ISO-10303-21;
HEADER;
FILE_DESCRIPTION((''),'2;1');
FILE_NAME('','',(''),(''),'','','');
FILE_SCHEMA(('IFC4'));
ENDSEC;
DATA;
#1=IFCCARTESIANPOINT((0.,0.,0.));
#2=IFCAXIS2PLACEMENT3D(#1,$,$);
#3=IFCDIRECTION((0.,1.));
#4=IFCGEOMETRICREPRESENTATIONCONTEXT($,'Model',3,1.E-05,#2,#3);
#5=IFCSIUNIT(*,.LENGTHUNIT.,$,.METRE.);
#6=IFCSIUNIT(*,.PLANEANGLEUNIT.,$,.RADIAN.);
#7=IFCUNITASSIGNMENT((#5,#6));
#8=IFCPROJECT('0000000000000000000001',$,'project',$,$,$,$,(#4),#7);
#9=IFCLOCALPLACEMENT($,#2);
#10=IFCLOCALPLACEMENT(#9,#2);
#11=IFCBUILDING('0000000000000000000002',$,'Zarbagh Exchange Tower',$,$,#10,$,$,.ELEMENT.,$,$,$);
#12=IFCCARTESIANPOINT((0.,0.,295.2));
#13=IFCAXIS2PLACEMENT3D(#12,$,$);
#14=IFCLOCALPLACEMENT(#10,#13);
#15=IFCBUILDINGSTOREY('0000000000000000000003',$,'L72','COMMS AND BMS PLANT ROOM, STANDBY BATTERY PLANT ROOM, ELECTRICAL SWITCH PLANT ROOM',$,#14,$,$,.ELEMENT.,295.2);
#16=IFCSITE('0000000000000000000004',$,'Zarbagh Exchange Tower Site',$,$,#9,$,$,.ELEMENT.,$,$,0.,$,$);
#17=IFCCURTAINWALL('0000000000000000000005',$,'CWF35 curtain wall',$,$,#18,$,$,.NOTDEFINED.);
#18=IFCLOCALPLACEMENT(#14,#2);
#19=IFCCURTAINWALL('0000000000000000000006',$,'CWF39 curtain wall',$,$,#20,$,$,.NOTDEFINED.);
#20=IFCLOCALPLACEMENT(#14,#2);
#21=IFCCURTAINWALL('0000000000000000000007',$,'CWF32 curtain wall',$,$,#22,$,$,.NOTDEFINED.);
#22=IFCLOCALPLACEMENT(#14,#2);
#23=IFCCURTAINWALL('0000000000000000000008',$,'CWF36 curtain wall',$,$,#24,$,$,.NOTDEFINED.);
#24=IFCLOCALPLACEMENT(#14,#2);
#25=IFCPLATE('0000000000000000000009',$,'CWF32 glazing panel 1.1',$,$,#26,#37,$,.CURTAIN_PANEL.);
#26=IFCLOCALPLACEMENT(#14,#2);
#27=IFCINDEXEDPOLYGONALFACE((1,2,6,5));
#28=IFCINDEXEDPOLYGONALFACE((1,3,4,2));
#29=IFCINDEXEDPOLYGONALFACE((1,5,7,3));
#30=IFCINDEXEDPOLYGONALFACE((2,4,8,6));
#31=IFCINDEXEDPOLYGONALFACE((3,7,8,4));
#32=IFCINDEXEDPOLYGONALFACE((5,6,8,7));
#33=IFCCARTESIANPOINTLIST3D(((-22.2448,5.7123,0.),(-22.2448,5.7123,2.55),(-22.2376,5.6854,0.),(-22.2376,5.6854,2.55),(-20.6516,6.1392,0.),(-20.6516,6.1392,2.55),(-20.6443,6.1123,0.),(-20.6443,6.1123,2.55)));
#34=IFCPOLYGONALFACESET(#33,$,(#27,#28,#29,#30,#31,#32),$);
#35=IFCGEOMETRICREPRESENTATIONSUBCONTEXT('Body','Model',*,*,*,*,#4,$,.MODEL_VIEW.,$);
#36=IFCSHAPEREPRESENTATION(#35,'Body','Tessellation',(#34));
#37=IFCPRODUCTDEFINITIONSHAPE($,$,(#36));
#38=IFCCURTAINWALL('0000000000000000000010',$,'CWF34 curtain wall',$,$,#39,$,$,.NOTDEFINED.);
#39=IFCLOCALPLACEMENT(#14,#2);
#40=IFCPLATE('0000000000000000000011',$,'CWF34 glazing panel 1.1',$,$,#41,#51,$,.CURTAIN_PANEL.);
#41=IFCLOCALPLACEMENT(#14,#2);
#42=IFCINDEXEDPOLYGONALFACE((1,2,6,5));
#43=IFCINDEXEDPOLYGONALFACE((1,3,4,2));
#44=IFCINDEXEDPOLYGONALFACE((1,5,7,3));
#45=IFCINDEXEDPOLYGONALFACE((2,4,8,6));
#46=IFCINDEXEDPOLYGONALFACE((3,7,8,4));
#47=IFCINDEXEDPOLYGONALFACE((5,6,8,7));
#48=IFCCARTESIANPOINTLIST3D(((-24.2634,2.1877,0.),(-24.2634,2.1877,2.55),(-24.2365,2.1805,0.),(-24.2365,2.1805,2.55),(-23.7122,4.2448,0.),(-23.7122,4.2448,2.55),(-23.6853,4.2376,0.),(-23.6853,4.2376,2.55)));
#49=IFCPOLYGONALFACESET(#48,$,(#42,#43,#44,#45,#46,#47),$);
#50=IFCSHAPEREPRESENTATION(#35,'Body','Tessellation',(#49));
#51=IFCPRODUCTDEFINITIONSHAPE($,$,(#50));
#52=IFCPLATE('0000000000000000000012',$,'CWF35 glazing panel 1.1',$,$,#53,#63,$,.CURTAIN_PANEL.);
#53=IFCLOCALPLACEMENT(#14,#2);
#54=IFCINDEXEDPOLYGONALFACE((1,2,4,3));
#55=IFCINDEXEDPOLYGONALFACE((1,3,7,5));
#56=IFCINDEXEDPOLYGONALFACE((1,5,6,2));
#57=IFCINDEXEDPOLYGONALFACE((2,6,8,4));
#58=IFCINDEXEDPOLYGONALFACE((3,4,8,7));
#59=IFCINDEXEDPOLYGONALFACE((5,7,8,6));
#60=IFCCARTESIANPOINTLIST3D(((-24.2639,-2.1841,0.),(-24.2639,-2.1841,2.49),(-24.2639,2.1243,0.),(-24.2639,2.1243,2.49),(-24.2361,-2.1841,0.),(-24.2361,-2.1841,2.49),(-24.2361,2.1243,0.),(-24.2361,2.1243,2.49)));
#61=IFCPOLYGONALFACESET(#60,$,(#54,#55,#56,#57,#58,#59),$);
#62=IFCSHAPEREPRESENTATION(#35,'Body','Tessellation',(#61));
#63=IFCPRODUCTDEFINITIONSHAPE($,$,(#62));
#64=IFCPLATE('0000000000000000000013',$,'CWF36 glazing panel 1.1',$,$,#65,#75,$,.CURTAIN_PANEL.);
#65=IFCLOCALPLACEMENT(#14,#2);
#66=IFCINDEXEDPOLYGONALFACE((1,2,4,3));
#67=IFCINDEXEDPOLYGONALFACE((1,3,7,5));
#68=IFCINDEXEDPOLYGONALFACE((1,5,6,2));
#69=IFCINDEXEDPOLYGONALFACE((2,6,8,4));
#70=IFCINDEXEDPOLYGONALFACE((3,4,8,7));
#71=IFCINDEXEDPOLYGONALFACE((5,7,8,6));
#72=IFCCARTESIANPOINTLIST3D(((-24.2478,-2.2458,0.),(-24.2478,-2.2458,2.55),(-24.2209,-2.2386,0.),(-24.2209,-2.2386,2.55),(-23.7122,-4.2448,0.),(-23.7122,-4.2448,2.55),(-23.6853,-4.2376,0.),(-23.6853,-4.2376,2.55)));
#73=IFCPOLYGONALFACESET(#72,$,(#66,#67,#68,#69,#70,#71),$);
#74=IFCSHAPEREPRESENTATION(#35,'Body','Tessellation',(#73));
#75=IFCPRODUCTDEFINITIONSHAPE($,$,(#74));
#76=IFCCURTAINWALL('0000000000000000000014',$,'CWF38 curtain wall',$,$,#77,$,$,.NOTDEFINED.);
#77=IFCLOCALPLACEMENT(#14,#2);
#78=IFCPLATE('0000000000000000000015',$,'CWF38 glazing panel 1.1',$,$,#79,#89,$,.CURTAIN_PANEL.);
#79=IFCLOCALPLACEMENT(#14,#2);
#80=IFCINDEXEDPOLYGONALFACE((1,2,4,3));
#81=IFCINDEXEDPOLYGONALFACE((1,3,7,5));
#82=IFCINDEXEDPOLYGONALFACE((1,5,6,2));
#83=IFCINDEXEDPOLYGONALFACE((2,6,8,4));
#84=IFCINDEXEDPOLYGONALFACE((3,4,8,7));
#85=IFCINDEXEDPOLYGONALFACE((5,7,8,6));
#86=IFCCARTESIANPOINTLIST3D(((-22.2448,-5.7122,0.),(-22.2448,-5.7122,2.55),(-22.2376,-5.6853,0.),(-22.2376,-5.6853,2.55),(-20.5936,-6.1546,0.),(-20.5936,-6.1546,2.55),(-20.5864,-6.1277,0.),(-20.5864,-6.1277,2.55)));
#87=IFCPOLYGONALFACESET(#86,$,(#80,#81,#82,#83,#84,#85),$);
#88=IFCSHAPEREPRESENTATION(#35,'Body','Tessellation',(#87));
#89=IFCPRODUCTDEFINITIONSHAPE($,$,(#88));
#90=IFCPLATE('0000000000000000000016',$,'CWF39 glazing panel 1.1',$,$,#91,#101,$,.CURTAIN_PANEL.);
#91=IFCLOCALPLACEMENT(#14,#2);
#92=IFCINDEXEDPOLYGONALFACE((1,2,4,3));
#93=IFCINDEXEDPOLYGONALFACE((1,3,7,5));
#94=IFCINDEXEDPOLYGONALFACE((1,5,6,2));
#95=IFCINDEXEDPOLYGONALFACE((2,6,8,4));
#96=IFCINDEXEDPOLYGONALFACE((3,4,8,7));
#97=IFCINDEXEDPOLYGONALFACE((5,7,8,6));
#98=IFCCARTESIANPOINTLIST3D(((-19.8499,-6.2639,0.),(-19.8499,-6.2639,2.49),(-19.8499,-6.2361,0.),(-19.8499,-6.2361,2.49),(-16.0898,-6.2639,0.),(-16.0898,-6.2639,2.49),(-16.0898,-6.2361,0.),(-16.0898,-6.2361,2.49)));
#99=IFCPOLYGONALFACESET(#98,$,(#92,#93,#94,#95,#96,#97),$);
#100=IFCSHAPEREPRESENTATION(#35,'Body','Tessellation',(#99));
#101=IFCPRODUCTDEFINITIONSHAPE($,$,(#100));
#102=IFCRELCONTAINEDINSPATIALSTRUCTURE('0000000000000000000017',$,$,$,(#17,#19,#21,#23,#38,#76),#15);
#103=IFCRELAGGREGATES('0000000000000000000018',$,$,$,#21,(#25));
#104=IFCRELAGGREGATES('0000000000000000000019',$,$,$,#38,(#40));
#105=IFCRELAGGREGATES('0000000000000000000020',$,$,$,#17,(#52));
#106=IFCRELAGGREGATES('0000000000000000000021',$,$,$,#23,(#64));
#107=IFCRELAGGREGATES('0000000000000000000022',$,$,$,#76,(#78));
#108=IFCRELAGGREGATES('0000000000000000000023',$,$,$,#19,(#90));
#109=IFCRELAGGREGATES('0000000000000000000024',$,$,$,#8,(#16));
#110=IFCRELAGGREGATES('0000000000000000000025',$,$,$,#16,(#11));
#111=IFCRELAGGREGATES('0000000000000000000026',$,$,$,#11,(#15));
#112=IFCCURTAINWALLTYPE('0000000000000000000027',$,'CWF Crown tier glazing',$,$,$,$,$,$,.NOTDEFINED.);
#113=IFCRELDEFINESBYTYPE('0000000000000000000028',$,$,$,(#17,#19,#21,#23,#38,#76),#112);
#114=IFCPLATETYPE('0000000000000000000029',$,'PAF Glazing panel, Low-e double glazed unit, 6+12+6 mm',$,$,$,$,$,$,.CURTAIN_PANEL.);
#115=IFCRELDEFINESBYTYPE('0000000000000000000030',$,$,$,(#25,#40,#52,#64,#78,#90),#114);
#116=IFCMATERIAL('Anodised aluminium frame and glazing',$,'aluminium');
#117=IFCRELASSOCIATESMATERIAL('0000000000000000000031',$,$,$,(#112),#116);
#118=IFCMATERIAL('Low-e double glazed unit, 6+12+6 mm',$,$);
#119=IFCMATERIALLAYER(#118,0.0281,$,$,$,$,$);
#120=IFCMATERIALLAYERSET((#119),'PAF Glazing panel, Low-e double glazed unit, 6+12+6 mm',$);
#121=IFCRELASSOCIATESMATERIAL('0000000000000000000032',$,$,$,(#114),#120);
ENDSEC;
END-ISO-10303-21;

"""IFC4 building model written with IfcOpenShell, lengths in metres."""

from ifc_helpers import new_model, si_unit, direction, frame, origin, place, context, subcontext, project, spatial, polyline, outline, extrude, source, transform, mapped, material, layer, layer_set, type_object, element, aggregate, save


model = new_model("IFC4")

# Units and contexts
model_context = context("Model", 3, precision=1e-05, world=origin(), true_north=direction((0.0, 1.0)))
body_context = subcontext(model_context, "Body", "Model", "MODEL_VIEW")
ifc_project = project(units=[si_unit("LENGTHUNIT", "METRE"), si_unit("PLANEANGLEUNIT", "RADIAN")], contexts=[model_context])

# Site, building, storey
site_placement = place(None, origin())
site = spatial("IfcSite", under=ifc_project, at=site_placement, Name="Zarbagh Exchange Tower Site", CompositionType="ELEMENT", RefElevation=0.0)
building_placement = place(site_placement, origin())
building = spatial("IfcBuilding", under=site, at=building_placement, Name="Zarbagh Exchange Tower", CompositionType="ELEMENT")
storey_placement = place(building_placement, frame((0.0, 0.0, 295.2)))
storey = spatial("IfcBuildingStorey", under=building, at=storey_placement, Name="L72", Description="COMMS AND BMS PLANT ROOM, STANDBY BATTERY PLANT ROOM, ELECTRICAL SWITCH PLANT ROOM", CompositionType="ELEMENT", Elevation=295.2)

# Curtain walls
ifc_material_1 = material(Name="Anodised aluminium frame and glazing", Category="aluminium")
curtain_wall_type = type_object("IfcCurtainWallType", Name="CWF Crown tier glazing", PredefinedType="NOTDEFINED", material=ifc_material_1)
curtain_wall_1_placement = place(storey_placement, origin())
curtain_wall_1 = element("IfcCurtainWall", 1, at=curtain_wall_1_placement, inside=storey, type_object=curtain_wall_type, Name="CWF35 curtain wall", PredefinedType="NOTDEFINED")
placement = place(storey_placement, origin())
curtain_wall_2_placement = place(storey_placement, origin())
curtain_wall_2 = element("IfcCurtainWall", 2, at=curtain_wall_2_placement, inside=storey, type_object=curtain_wall_type, Name="CWF39 curtain wall", PredefinedType="NOTDEFINED")

# Curtain wall
curtain_wall_3_placement = place(storey_placement, origin())
curtain_wall_3 = element("IfcCurtainWall", 3, at=curtain_wall_3_placement, inside=storey, type_object=curtain_wall_type, Name="CWF32 curtain wall", PredefinedType="NOTDEFINED")

# Curtain wall
curtain_wall_4_placement = place(storey_placement, origin())
curtain_wall_4 = element("IfcCurtainWall", 4, at=curtain_wall_4_placement, inside=storey, type_object=curtain_wall_type, Name="CWF36 curtain wall", PredefinedType="NOTDEFINED")

# Shared definitions
ifc_material_2 = material(Name="Low-e double glazed unit, 6+12+6 mm")
ifc_layer = layer(ifc_material_2, 0.0281)
ifc_layer_set = layer_set([ifc_layer], Name="PAF Glazing panel, Low-e double glazed unit, 6+12+6 mm")
plate_type = type_object("IfcPlateType", Name="PAF Glazing panel, Low-e double glazed unit, 6+12+6 mm", PredefinedType="CURTAIN_PANEL", material=ifc_layer_set)

# Plate
shared_shape_1 = source(origin(), body_context, "Body", "SweptSolid", [
    extrude(outline(polyline([(0.0, -0.0139), (1.6494, -0.0139), (1.6494, 0.0139), (0.0, 0.0139), (0.0, -0.0139)])), origin(), (0.0, 0.0, 1.0), 2.55),
])
plate_1 = element("IfcPlate", 5, at=placement, type_object=plate_type, Name="CWF32 glazing panel 1.1", PredefinedType="CURTAIN_PANEL", context=body_context, shape_type="MappedRepresentation", body=[
    mapped(shared_shape_1, transform((-20.6479, 6.1257, 0.0), x_axis=(-0.965924, -0.258825, 0.0), y_axis=(0.258825, -0.965924, 0.0), z_axis=(0.0, 0.0, 1.0))),
])
aggregate(curtain_wall_3, [plate_1])

# Curtain wall, plate
curtain_wall_5_placement = place(storey_placement, origin())
curtain_wall_5 = element("IfcCurtainWall", 6, at=curtain_wall_5_placement, inside=storey, type_object=curtain_wall_type, Name="CWF34 curtain wall", PredefinedType="NOTDEFINED")
shared_shape_2 = source(origin(), body_context, "Body", "SweptSolid", [
    extrude(outline(polyline([(0.0, -0.0139), (2.1296, -0.0139), (2.1296, 0.0139), (0.0, 0.0139), (0.0, -0.0139)])), origin(), (0.0, 0.0, 1.0), 2.55),
])
plate_2 = element("IfcPlate", 7, at=placement, type_object=plate_type, Name="CWF34 glazing panel 1.1", PredefinedType="CURTAIN_PANEL", context=body_context, shape_type="MappedRepresentation", body=[
    mapped(shared_shape_2, transform((-23.6987, 4.2412, 0.0), x_axis=(-0.258825, -0.965924, 0.0), y_axis=(0.965924, -0.258825, 0.0), z_axis=(0.0, 0.0, 1.0))),
])
aggregate(curtain_wall_5, [plate_2])

# Plates
shared_shape_3 = source(origin(), body_context, "Body", "SweptSolid", [
    extrude(outline(polyline([(0.0, -0.0139), (4.3083, -0.0139), (4.3083, 0.0139), (0.0, 0.0139), (0.0, -0.0139)])), origin(), (0.0, 0.0, 1.0), 2.49),
])
plate_3 = element("IfcPlate", 8, at=placement, type_object=plate_type, Name="CWF35 glazing panel 1.1", PredefinedType="CURTAIN_PANEL", context=body_context, shape_type="MappedRepresentation", body=[
    mapped(shared_shape_3, transform((-24.25, 2.1243, 0.0), x_axis=(0.0, -1.0, 0.0), y_axis=(1.0, 0.0, 0.0), z_axis=(0.0, 0.0, 1.0))),
])
aggregate(curtain_wall_1, [plate_3])
shared_shape_4 = source(origin(), body_context, "Body", "SweptSolid", [
    extrude(outline(polyline([(0.0, -0.0139), (2.0696, -0.0139), (2.0696, 0.0139), (0.0, 0.0139), (0.0, -0.0139)])), origin(), (0.0, 0.0, 1.0), 2.55),
])
plate_4 = element("IfcPlate", 9, at=placement, type_object=plate_type, Name="CWF36 glazing panel 1.1", PredefinedType="CURTAIN_PANEL", context=body_context, shape_type="MappedRepresentation", body=[
    mapped(shared_shape_4, transform((-24.2344, -2.2422, 0.0), x_axis=(0.258825, -0.965924, 0.0), y_axis=(0.965924, 0.258825, 0.0), z_axis=(0.0, 0.0, 1.0))),
])
aggregate(curtain_wall_4, [plate_4])

# Curtain wall, plate
curtain_wall_6_placement = place(storey_placement, origin())
curtain_wall_6 = element("IfcCurtainWall", 10, at=curtain_wall_6_placement, inside=storey, type_object=curtain_wall_type, Name="CWF38 curtain wall", PredefinedType="NOTDEFINED")
shared_shape_5 = source(origin(), body_context, "Body", "SweptSolid", [
    extrude(outline(polyline([(0.0, -0.0139), (1.7095, -0.0139), (1.7095, 0.0139), (0.0, 0.0139), (0.0, -0.0139)])), origin(), (0.0, 0.0, 1.0), 2.55),
])
plate_5 = element("IfcPlate", 11, at=placement, type_object=plate_type, Name="CWF38 glazing panel 1.1", PredefinedType="CURTAIN_PANEL", context=body_context, shape_type="MappedRepresentation", body=[
    mapped(shared_shape_5, transform((-22.2412, -5.6987, 0.0), x_axis=(0.965924, -0.258825, 0.0), y_axis=(0.258825, 0.965924, 0.0), z_axis=(0.0, 0.0, 1.0))),
])
aggregate(curtain_wall_6, [plate_5])

# Plate
shared_shape_6 = source(origin(), body_context, "Body", "SweptSolid", [
    extrude(outline(polyline([(0.0, -0.0139), (3.76, -0.0139), (3.76, 0.0139), (0.0, 0.0139), (0.0, -0.0139)])), origin(), (0.0, 0.0, 1.0), 2.49),
])
plate_6 = element("IfcPlate", 12, at=placement, type_object=plate_type, Name="CWF39 glazing panel 1.1", PredefinedType="CURTAIN_PANEL", context=body_context, shape_type="MappedRepresentation", body=[
    mapped(shared_shape_6, transform((-19.8499, -6.25, 0.0), x_axis=(1.0, 0.0, 0.0), y_axis=(0.0, 1.0, 0.0), z_axis=(0.0, 0.0, 1.0))),
])
aggregate(curtain_wall_2, [plate_6])

save(model, "model.ifc")
